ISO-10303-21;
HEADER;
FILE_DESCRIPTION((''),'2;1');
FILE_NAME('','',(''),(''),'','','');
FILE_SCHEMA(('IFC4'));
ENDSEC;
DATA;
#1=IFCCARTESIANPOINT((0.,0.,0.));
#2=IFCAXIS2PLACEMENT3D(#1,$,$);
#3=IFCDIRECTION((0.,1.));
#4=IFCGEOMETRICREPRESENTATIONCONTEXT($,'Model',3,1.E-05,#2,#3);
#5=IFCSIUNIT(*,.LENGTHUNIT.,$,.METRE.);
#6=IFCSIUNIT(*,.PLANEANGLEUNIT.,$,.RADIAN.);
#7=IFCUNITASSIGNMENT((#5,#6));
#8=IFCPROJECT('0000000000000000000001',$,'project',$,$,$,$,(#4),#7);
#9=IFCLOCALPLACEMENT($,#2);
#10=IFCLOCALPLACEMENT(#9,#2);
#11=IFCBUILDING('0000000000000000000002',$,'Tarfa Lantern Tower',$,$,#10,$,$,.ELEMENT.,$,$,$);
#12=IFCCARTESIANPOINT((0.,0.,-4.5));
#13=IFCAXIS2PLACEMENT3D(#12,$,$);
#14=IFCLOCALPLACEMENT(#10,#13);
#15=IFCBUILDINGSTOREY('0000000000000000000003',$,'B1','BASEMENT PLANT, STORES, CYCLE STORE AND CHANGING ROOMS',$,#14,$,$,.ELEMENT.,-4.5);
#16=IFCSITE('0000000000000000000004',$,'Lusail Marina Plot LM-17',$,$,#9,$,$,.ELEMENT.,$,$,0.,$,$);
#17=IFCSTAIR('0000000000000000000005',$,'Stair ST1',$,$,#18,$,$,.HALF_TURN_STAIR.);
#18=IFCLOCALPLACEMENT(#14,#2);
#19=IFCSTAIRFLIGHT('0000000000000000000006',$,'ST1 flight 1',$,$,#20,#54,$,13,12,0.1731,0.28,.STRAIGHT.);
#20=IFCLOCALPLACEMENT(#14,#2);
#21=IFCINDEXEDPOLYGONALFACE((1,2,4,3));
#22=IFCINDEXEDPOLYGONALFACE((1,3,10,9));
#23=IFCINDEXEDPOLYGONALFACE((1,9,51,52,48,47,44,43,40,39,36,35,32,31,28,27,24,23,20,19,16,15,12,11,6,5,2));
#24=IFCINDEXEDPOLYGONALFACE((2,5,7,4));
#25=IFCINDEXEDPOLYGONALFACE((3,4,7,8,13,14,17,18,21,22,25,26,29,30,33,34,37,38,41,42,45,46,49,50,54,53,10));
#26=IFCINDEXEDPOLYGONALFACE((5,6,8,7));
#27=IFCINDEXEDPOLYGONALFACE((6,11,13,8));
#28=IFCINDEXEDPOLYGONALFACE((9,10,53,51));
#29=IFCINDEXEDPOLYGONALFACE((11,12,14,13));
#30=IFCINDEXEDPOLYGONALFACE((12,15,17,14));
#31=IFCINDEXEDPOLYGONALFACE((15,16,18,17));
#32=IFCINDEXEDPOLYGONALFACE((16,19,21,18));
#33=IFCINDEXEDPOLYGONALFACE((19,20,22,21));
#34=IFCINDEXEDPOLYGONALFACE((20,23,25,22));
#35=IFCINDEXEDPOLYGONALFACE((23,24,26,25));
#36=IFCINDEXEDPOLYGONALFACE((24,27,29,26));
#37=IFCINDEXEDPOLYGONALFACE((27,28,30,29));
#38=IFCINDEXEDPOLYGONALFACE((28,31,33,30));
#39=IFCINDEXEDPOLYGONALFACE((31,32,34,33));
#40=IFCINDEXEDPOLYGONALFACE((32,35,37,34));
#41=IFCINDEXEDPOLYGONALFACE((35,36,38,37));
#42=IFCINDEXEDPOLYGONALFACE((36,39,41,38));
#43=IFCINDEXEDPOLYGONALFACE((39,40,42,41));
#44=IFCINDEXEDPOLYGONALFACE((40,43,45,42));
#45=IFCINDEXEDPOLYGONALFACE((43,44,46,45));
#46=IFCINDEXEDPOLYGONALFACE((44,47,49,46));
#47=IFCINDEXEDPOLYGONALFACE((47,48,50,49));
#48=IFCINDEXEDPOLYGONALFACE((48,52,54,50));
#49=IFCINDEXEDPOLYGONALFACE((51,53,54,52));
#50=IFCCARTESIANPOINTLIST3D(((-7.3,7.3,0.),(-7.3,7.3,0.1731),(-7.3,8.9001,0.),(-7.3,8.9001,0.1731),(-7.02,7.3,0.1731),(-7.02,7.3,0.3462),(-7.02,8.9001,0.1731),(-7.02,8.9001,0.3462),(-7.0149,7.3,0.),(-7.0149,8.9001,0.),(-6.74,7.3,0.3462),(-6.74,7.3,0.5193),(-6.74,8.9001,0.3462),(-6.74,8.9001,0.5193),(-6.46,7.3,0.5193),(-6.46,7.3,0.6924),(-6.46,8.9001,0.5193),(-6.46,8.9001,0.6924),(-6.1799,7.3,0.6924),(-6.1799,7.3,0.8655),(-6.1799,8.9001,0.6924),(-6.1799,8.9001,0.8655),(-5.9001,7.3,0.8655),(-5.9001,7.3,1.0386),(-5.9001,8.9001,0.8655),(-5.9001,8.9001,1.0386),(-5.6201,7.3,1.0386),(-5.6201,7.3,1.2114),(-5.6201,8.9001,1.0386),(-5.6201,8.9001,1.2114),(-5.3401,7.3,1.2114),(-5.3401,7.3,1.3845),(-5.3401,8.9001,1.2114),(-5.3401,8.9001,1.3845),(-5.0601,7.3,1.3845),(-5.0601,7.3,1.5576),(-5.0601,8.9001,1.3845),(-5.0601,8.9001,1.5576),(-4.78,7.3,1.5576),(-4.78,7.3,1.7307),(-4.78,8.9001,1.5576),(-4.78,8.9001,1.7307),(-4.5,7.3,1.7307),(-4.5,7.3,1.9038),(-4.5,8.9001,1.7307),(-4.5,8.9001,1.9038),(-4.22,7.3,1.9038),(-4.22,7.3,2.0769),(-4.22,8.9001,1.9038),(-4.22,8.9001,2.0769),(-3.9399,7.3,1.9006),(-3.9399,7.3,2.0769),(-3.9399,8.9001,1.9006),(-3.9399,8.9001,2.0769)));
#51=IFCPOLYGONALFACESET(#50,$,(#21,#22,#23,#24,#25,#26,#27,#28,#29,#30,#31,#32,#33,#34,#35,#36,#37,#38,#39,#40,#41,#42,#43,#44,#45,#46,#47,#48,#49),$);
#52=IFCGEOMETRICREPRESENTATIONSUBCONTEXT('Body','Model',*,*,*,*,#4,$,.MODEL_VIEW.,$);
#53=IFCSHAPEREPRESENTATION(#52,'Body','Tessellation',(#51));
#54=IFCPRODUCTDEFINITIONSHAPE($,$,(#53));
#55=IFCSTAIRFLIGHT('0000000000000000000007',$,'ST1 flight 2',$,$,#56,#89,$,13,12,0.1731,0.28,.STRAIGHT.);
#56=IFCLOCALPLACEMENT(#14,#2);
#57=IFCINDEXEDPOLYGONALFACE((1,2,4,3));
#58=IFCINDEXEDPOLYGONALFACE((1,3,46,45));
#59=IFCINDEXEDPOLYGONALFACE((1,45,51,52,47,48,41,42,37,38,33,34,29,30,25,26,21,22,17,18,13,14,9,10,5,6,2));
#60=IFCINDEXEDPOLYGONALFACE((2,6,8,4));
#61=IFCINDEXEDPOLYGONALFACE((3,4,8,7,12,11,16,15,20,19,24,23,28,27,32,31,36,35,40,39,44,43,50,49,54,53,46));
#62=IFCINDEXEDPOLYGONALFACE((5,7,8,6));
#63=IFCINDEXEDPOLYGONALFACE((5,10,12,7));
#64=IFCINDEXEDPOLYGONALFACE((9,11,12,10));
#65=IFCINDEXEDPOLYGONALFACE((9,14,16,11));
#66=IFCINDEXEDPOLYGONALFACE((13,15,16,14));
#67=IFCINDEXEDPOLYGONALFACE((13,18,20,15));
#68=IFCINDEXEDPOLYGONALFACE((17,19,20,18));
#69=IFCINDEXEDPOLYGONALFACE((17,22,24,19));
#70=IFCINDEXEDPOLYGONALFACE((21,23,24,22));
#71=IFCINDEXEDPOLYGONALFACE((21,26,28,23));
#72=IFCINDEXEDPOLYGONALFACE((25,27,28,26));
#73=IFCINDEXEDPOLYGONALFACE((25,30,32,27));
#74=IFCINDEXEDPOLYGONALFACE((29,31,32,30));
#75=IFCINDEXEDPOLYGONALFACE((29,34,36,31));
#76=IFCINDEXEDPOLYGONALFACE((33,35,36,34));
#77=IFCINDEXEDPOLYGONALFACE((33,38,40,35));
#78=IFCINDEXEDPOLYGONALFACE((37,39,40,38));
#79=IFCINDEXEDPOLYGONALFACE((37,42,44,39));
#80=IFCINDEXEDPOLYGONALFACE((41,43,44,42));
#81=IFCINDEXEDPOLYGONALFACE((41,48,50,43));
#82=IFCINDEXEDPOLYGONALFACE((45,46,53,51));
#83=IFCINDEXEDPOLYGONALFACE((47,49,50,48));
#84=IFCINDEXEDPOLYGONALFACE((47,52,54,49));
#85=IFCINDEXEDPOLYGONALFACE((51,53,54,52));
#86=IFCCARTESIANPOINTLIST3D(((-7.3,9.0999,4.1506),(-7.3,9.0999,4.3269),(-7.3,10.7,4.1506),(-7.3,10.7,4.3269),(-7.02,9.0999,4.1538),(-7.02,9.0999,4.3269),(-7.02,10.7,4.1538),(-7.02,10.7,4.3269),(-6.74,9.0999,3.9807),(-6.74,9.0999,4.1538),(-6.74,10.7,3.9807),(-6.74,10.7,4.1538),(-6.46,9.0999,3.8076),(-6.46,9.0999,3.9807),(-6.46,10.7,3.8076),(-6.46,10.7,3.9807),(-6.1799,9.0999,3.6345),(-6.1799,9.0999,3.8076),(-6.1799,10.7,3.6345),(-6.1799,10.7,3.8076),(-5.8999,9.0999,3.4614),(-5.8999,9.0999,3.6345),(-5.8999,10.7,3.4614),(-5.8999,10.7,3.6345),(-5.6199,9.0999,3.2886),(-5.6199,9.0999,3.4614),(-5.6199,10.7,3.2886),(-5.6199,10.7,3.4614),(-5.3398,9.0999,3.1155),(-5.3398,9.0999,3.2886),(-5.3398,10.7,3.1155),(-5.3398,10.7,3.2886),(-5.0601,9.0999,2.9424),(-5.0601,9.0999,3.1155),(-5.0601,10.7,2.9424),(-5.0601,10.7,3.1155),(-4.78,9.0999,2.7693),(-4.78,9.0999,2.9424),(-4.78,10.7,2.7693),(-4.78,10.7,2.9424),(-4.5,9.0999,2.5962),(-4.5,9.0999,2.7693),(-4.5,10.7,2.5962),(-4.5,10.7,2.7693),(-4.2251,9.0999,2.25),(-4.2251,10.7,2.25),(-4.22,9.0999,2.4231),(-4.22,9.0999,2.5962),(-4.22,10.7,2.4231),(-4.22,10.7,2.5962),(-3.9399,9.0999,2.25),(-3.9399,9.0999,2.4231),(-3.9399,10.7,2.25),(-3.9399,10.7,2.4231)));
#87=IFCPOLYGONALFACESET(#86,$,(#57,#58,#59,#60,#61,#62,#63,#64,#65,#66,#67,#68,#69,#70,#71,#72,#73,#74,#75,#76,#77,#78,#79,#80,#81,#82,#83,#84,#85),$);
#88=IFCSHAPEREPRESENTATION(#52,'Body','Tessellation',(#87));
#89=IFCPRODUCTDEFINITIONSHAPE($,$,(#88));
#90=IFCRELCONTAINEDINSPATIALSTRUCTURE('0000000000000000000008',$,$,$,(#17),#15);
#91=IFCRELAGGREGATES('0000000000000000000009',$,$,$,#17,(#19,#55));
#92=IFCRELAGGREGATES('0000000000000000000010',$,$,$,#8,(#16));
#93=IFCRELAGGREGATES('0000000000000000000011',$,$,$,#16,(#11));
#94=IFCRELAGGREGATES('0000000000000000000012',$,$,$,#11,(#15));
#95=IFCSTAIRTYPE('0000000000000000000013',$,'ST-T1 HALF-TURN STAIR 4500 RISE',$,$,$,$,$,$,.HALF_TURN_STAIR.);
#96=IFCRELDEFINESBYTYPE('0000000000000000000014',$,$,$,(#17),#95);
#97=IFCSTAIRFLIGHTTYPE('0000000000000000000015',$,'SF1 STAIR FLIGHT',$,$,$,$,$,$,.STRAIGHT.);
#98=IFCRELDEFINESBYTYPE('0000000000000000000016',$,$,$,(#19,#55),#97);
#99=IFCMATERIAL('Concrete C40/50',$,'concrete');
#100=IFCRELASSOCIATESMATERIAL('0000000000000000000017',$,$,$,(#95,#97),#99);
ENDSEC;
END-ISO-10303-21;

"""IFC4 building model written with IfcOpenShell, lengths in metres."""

from ifc_helpers import new_model, si_unit, direction, frame, origin, place, context, subcontext, project, spatial, polyline, outline, extrude, material, type_object, element, aggregate, save


model = new_model("IFC4")

# Units and contexts
model_context = context("Model", 3, precision=1e-05, world=origin(), true_north=direction((0.0, 1.0)))
body_context = subcontext(model_context, "Body", "Model", "MODEL_VIEW")
ifc_project = project(units=[si_unit("LENGTHUNIT", "METRE"), si_unit("PLANEANGLEUNIT", "RADIAN")], contexts=[model_context])

# Site, building, storey
site_placement = place(None, origin())
site = spatial("IfcSite", under=ifc_project, at=site_placement, Name="Lusail Marina Plot LM-17", CompositionType="ELEMENT", RefElevation=0.0)
building_placement = place(site_placement, origin())
building = spatial("IfcBuilding", under=site, at=building_placement, Name="Tarfa Lantern Tower", CompositionType="ELEMENT")
storey_placement = place(building_placement, frame((0.0, 0.0, -4.5)))
storey = spatial("IfcBuildingStorey", under=building, at=storey_placement, Name="B1", Description="BASEMENT PLANT, STORES, CYCLE STORE AND CHANGING ROOMS", CompositionType="ELEMENT", Elevation=-4.5)

# Shared definitions
ifc_material_1 = material(Name="Concrete C40/50", Category="concrete")

# Stair, stair flights
stair_type = type_object("IfcStairType", Name="ST-T1 HALF-TURN STAIR 4500 RISE", PredefinedType="HALF_TURN_STAIR", material=ifc_material_1)
stair_placement = place(storey_placement, origin())
stair = element("IfcStair", 1, at=stair_placement, inside=storey, type_object=stair_type, Name="Stair ST1", PredefinedType="HALF_TURN_STAIR")
stair_flight_type = type_object("IfcStairFlightType", Name="SF1 STAIR FLIGHT", PredefinedType="STRAIGHT", material=ifc_material_1)
stair_flight_1_placement = place(storey_placement, frame((-7.3, 8.1001, 0.0), z_axis=(0.0, 0.0, 1.0), x_axis=(1.0, 0.0, 0.0)))
stair_flight_1 = element("IfcStairFlight", 2, at=stair_flight_1_placement, type_object=stair_flight_type, Name="ST1 flight 1", NumberOfRisers=13, NumberOfTreads=12, PredefinedType="STRAIGHT", RiserHeight=0.1731, TreadLength=0.28, context=body_context, shape_type="SweptSolid", body=[
    extrude(outline(polyline([(0.0, 0.0), (0.0, 0.1731), (0.28, 0.1731), (0.28, 0.3462), (0.5601, 0.3462), (0.5601, 0.5193), (0.8401, 0.5193), (0.8401, 0.6924), (1.1201, 0.6924), (1.1201, 0.8655), (1.3999, 0.8655), (1.3999, 1.0386), (1.6799, 1.0386), (1.6799, 1.2114), (1.96, 1.2114), (1.96, 1.3845), (2.24, 1.3845), (2.24, 1.5576), (2.52, 1.5576), (2.52, 1.7307), (2.8, 1.7307), (2.8, 1.9038), (3.0801, 1.9038), (3.0801, 2.0769), (3.3601, 2.0769), (3.3601, 2.25), (3.3601, 1.9006), (0.2852, 0.0), (0.0, 0.0)])), frame((0.0, 0.8, 0.0), z_axis=(0.0, -1.0, 0.0), x_axis=(1.0, 0.0, 0.0)), (0.0, 0.0, 1.0), 1.6001),
])
stair_flight_2_placement = place(storey_placement, frame((-3.9399, 9.8999, 2.25), z_axis=(0.0, 0.0, 1.0), x_axis=(-1.0, 0.0, 0.0)))
stair_flight_2 = element("IfcStairFlight", 3, at=stair_flight_2_placement, type_object=stair_flight_type, Name="ST1 flight 2", NumberOfRisers=13, NumberOfTreads=12, PredefinedType="STRAIGHT", RiserHeight=0.1731, TreadLength=0.28, context=body_context, shape_type="SweptSolid", body=[
    extrude(outline(polyline([(0.0, 0.0), (0.0, 0.1731), (0.28, 0.1731), (0.28, 0.3462), (0.5601, 0.3462), (0.5601, 0.5193), (0.8401, 0.5193), (0.8401, 0.6924), (1.1201, 0.6924), (1.1201, 0.8655), (1.3999, 0.8655), (1.3999, 1.0386), (1.6799, 1.0386), (1.6799, 1.2114), (1.96, 1.2114), (1.96, 1.3845), (2.24, 1.3845), (2.24, 1.5576), (2.52, 1.5576), (2.52, 1.7307), (2.8, 1.7307), (2.8, 1.9038), (3.0801, 1.9038), (3.0801, 2.0769), (3.3601, 2.0769), (3.3601, 2.25), (3.3601, 1.9006), (0.2852, 0.0), (0.0, 0.0)])), frame((0.0, 0.8, 0.0), z_axis=(0.0, -1.0, 0.0), x_axis=(1.0, 0.0, 0.0)), (0.0, 0.0, 1.0), 1.6001),
])
aggregate(stair, [stair_flight_1, stair_flight_2])

save(model, "model.ifc")
